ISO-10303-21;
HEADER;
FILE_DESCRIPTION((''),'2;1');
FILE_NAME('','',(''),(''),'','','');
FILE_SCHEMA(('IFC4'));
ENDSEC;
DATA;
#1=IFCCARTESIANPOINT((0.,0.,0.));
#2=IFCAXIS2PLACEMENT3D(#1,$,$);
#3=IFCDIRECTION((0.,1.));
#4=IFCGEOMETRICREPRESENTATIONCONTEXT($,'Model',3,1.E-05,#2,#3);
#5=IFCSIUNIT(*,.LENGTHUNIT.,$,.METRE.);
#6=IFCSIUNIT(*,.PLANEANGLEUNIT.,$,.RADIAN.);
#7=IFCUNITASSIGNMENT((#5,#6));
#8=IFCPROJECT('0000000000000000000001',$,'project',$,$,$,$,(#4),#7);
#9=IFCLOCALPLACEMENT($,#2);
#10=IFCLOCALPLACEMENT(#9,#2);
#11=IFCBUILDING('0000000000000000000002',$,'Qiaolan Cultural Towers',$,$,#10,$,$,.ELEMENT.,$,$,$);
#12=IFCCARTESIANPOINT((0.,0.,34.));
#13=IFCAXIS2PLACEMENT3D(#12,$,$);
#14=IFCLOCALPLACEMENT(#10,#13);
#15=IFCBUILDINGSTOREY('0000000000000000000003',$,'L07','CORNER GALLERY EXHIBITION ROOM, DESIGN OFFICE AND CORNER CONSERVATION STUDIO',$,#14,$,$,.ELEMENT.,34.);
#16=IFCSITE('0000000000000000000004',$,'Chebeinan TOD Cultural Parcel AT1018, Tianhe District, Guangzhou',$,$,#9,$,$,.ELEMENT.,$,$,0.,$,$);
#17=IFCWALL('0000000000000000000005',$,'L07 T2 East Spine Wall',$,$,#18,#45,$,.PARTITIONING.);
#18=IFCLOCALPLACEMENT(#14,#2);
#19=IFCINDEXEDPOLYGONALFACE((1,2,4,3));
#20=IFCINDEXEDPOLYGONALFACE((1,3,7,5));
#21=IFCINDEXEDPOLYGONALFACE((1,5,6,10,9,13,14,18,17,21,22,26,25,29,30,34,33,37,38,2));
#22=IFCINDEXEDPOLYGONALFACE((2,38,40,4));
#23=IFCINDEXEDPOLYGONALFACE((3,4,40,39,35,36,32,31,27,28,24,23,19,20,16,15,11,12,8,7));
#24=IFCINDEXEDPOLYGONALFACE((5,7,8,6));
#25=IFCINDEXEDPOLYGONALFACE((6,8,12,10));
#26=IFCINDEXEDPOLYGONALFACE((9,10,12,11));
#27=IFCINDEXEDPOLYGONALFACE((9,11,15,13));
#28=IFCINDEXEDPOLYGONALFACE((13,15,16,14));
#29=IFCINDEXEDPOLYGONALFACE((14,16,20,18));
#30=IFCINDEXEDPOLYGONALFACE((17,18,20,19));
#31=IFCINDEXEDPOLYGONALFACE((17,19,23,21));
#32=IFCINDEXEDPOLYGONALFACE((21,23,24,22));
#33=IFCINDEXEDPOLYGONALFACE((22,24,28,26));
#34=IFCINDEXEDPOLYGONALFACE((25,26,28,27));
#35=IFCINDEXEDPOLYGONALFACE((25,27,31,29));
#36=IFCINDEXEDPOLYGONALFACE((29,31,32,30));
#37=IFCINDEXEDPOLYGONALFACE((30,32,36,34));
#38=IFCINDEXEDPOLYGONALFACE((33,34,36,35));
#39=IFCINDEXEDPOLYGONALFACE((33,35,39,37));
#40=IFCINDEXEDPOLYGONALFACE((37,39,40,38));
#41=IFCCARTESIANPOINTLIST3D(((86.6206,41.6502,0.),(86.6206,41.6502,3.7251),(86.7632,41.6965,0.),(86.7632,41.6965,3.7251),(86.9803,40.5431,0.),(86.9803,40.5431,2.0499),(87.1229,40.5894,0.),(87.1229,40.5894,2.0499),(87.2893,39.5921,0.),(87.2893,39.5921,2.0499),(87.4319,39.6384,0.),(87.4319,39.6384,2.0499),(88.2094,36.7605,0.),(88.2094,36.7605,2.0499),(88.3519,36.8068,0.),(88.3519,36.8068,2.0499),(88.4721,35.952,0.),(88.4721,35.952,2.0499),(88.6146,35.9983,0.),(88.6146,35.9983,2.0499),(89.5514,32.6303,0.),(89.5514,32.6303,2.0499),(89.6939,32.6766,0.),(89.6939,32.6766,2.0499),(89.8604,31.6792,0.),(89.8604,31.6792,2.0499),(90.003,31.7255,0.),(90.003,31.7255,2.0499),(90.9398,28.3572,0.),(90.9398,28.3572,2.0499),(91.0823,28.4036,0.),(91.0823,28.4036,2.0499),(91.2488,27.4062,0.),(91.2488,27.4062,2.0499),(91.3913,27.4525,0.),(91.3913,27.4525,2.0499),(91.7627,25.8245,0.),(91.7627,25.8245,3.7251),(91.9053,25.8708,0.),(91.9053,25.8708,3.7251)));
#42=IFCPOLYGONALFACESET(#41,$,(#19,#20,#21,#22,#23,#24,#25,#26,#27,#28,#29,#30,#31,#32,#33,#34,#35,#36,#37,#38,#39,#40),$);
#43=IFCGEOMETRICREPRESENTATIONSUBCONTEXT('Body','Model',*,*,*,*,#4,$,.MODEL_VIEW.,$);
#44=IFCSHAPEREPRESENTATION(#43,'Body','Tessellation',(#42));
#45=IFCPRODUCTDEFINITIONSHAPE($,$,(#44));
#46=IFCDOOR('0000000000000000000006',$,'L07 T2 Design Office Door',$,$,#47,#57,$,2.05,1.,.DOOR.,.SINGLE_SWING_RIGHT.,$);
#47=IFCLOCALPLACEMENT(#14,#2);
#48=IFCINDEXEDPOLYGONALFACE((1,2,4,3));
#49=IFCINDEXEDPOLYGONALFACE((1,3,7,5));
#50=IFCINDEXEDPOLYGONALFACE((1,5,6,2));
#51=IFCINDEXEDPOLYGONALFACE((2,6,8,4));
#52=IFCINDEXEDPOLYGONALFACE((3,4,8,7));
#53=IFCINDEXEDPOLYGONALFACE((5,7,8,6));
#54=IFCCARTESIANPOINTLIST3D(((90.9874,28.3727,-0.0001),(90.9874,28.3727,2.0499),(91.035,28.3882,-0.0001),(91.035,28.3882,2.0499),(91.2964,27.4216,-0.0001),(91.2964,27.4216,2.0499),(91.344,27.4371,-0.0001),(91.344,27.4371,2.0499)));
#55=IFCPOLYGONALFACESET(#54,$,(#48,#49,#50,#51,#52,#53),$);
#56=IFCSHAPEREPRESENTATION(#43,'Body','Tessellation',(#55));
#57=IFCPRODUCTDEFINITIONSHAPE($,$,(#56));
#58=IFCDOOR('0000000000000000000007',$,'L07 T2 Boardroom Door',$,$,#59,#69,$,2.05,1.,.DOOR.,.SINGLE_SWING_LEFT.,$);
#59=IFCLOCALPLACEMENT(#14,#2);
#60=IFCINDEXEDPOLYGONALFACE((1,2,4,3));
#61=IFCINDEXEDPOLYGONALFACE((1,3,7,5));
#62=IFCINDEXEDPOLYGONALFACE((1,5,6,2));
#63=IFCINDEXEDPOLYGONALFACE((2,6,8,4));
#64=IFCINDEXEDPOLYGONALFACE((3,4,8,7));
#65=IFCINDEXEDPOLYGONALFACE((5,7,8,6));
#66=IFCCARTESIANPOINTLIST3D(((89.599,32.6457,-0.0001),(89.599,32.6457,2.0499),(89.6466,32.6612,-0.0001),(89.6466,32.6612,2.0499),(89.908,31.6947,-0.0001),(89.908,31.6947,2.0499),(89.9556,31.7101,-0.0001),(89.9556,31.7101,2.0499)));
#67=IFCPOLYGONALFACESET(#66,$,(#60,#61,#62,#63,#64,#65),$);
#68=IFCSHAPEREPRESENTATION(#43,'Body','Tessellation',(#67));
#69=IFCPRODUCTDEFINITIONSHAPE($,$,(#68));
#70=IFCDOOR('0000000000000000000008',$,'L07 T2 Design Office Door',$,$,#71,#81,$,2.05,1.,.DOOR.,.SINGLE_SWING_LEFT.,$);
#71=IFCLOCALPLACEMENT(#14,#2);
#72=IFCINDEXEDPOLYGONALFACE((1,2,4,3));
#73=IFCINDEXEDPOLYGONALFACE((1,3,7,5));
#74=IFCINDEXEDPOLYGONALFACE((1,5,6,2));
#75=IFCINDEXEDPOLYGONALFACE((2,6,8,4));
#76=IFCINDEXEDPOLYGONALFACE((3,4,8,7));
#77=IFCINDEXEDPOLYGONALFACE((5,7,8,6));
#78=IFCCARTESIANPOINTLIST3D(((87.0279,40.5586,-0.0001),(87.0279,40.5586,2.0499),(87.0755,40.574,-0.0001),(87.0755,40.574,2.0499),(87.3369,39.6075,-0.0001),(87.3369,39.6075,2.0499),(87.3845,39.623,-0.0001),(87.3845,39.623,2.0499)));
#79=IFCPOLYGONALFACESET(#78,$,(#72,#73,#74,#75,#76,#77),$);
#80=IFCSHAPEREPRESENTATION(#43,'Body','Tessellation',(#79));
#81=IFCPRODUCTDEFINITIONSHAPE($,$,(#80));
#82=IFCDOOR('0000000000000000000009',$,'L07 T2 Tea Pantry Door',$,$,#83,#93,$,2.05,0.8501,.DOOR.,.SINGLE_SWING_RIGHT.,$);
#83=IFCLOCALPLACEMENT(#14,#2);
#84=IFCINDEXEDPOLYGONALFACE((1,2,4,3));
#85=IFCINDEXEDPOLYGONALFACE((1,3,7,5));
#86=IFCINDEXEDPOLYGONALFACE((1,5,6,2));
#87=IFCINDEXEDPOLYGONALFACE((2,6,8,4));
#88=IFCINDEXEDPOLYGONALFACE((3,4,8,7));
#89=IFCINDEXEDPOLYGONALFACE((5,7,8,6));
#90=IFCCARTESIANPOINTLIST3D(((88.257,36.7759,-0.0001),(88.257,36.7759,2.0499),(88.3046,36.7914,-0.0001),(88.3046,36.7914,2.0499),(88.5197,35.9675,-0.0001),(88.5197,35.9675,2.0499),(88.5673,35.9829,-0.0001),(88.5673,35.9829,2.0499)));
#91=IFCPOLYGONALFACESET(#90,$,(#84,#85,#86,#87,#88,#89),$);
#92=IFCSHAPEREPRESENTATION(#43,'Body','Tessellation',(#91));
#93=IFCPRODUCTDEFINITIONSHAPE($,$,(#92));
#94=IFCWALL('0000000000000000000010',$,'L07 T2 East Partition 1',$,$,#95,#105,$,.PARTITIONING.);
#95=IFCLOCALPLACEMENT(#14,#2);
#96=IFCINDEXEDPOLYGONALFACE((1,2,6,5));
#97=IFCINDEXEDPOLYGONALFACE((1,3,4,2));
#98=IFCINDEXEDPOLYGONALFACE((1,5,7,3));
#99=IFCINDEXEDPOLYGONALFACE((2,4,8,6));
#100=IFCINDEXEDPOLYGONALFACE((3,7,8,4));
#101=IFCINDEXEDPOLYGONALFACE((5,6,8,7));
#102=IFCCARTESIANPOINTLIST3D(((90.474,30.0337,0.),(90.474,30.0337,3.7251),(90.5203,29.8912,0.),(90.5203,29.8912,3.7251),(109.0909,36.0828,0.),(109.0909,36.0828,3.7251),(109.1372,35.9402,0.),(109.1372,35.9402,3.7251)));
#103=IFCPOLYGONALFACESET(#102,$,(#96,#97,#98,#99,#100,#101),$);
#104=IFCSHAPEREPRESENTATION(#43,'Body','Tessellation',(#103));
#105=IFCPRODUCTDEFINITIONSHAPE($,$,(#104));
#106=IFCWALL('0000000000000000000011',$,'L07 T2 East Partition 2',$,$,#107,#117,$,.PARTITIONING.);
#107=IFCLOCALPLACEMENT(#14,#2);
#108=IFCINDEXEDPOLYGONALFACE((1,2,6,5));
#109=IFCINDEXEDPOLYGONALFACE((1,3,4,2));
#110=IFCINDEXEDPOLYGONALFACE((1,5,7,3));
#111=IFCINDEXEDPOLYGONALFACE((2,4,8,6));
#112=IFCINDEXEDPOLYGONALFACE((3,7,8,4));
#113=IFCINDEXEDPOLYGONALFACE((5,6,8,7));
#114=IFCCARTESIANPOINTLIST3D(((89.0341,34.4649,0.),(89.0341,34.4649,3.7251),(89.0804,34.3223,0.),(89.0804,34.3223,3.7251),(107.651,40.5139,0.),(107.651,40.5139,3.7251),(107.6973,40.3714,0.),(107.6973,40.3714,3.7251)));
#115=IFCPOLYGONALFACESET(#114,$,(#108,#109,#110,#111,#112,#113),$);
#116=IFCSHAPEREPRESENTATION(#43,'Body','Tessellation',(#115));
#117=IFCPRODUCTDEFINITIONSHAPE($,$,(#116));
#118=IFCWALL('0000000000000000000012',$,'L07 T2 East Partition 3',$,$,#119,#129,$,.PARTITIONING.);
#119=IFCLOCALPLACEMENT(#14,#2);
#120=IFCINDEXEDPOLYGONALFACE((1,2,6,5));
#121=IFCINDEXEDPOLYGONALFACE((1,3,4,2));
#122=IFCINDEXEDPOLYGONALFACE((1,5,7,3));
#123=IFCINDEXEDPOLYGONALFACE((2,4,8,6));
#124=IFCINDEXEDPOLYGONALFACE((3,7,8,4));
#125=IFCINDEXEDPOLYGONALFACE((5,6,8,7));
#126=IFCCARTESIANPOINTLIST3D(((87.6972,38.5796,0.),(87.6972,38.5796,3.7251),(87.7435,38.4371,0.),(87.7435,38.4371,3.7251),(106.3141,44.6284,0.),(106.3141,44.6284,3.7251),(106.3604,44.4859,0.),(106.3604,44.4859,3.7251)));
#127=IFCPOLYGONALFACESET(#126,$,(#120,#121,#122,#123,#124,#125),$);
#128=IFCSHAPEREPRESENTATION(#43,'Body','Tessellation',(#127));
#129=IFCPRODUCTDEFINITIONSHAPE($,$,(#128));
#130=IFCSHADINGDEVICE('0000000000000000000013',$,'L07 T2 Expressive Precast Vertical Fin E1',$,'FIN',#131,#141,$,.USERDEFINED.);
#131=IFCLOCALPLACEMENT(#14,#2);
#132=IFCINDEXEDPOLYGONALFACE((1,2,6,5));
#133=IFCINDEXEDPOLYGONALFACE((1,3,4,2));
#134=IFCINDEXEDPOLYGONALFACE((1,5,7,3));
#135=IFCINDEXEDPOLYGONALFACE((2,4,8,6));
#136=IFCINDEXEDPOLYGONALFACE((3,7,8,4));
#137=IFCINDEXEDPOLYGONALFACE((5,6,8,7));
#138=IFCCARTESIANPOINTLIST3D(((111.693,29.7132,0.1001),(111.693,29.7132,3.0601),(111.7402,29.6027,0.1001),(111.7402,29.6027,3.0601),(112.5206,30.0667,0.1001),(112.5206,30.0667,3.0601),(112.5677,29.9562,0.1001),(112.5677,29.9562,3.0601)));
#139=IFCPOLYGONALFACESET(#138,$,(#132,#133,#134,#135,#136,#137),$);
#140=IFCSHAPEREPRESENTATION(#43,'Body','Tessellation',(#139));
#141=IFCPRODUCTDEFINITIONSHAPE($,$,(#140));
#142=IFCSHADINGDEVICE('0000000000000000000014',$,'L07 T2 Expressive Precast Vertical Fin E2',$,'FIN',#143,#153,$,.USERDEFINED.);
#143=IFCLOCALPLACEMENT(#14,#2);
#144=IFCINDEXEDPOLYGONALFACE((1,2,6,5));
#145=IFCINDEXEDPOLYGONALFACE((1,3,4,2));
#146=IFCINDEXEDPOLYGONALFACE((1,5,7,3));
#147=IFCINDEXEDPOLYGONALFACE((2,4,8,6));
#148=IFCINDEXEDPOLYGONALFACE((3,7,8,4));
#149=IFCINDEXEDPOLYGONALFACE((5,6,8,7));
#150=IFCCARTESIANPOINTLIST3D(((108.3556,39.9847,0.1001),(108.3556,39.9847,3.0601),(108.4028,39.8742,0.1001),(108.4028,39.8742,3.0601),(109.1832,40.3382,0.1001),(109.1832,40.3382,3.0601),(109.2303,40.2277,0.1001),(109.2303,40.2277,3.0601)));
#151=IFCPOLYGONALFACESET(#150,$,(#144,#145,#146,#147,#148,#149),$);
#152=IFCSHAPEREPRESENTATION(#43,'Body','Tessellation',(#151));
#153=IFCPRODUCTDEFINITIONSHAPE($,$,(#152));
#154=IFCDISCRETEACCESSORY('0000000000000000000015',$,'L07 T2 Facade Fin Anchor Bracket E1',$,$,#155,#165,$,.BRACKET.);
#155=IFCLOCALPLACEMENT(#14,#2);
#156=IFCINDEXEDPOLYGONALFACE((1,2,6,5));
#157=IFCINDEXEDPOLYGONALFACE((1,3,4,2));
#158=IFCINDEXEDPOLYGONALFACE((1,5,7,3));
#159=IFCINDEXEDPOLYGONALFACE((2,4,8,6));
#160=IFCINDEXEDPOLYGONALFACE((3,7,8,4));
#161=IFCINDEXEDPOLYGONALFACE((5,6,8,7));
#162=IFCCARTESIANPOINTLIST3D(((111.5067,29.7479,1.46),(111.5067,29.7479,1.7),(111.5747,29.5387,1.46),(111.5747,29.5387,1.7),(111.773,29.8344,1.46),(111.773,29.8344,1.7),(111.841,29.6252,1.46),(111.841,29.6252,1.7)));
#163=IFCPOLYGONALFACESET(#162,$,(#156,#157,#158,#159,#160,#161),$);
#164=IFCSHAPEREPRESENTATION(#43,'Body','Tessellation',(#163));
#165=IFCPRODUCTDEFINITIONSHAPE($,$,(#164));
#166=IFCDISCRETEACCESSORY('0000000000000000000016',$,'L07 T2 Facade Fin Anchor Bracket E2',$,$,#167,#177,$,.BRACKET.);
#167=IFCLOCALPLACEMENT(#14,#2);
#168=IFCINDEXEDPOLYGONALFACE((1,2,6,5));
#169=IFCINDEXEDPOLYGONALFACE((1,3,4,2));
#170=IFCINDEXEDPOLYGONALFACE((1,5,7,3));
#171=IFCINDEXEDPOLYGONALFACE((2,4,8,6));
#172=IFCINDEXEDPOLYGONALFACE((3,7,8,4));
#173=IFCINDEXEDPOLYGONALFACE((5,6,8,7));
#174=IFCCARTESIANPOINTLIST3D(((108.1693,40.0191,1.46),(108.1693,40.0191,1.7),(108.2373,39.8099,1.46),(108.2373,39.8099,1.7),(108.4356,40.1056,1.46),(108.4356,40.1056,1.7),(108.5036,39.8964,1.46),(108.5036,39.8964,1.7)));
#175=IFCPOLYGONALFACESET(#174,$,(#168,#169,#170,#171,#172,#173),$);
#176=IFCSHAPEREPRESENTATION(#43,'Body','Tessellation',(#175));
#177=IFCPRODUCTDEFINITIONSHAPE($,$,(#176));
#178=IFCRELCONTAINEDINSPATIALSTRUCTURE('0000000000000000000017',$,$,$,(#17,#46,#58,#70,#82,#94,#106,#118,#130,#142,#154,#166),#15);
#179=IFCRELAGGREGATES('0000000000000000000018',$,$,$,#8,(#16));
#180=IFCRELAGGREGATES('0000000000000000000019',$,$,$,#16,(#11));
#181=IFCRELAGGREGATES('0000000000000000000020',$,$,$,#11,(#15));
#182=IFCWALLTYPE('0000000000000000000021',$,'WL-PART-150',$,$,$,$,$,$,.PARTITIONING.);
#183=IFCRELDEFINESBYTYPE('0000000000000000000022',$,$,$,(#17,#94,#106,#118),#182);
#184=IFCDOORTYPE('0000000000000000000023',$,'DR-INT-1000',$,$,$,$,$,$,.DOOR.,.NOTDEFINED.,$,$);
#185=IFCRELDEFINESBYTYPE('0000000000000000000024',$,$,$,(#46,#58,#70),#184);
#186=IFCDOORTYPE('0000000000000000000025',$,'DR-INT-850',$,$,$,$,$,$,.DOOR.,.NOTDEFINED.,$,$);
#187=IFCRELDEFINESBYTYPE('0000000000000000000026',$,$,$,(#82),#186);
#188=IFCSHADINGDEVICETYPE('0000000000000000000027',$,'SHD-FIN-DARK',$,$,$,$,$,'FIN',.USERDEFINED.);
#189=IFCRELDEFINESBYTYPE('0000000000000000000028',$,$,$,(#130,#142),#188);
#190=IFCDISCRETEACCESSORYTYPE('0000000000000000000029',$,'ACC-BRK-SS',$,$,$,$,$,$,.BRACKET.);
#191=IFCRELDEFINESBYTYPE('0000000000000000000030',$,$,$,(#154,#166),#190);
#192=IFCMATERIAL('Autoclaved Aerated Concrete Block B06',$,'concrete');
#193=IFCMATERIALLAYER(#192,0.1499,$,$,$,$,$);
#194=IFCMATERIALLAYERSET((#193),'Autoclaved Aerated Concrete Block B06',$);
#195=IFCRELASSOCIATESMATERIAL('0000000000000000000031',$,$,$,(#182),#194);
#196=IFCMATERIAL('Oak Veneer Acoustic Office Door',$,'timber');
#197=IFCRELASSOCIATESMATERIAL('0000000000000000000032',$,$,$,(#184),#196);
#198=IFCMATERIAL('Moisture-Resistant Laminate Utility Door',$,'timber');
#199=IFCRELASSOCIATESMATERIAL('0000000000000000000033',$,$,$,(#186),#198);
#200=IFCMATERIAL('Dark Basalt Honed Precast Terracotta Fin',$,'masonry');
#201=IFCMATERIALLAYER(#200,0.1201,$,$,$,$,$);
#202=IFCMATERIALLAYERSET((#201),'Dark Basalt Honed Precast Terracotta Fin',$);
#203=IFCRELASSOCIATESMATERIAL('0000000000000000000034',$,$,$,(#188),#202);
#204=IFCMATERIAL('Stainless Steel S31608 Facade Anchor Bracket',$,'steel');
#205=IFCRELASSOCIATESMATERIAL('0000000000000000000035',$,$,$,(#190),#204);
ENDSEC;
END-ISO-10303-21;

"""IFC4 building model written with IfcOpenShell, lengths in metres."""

from ifc_helpers import new_model, si_unit, direction, frame, frame_2d, origin, origin_2d, place, context, subcontext, project, spatial, rectangle, extrude, material, layer, layer_set, type_object, element, fill, save


model = new_model("IFC4")

# Units and contexts
model_context = context("Model", 3, precision=1e-05, world=origin(), true_north=direction((0.0, 1.0)))
body_context = subcontext(model_context, "Body", "Model", "MODEL_VIEW")
ifc_project = project(units=[si_unit("LENGTHUNIT", "METRE"), si_unit("PLANEANGLEUNIT", "RADIAN")], contexts=[model_context])

# Site, building, storey
site_placement = place(None, origin())
site = spatial("IfcSite", under=ifc_project, at=site_placement, Name="Chebeinan TOD Cultural Parcel AT1018, Tianhe District, Guangzhou", CompositionType="ELEMENT", RefElevation=0.0)
building_placement = place(site_placement, origin())
building = spatial("IfcBuilding", under=site, at=building_placement, Name="Qiaolan Cultural Towers", CompositionType="ELEMENT")
storey_placement = place(building_placement, frame((0.0, 0.0, 34.0)))
storey = spatial("IfcBuildingStorey", under=building, at=storey_placement, Name="L07", Description="CORNER GALLERY EXHIBITION ROOM, DESIGN OFFICE AND CORNER CONSERVATION STUDIO", CompositionType="ELEMENT", Elevation=34.0)

# Shared definitions
ifc_material_1 = material(Name="Autoclaved Aerated Concrete Block B06", Category="concrete")
ifc_layer_1 = layer(ifc_material_1, 0.1499)
ifc_layer_set_1 = layer_set([ifc_layer_1], Name="Autoclaved Aerated Concrete Block B06")
wall_type_1 = type_object("IfcWallType", Name="WL-PART-150", PredefinedType="PARTITIONING", material=ifc_layer_set_1)

# Shared definitions
ifc_material_2 = material(Name="Oak Veneer Acoustic Office Door", Category="timber")
door_type_1 = type_object("IfcDoorType", Name="DR-INT-1000", OperationType="NOTDEFINED", PredefinedType="DOOR", material=ifc_material_2)

# Wall, openings, doors
wall_1_placement = place(storey_placement, frame((91.834, 25.8477, 0.0), z_axis=(0.0, 0.0, 1.0), x_axis=(-0.309018, 0.951056, 0.0)))
wall_1 = element("IfcWall", 1, at=wall_1_placement, inside=storey, type_object=wall_type_1, Name="L07 T2 East Spine Wall", PredefinedType="PARTITIONING", context=body_context, shape_type="SweptSolid", body=[
    extrude(rectangle(XDim=16.6401, YDim=0.1499, at=frame_2d((8.3201, 0.0))), origin(), (0.0, 0.0, 1.0), 3.7251),
])
opening_1_placement = place(wall_1_placement, frame((1.6631, 0.0, 0.0)))
opening_1 = element("IfcOpeningElement", 2, at=opening_1_placement, cuts=wall_1, PredefinedType="OPENING", context=body_context, shape_type="SweptSolid", body=[
    extrude(rectangle(XDim=1.0, YDim=2.05, at=frame_2d((0.5, 1.0249))), frame((0.0, 0.085, 0.0), z_axis=(0.0, -1.0, 0.0), x_axis=(1.0, 0.0, 0.0)), (0.0, 0.0, 1.0), 0.1699),
])
opening_2_placement = place(wall_1_placement, frame((6.156, 0.0, 0.0)))
opening_2 = element("IfcOpeningElement", 3, at=opening_2_placement, cuts=wall_1, PredefinedType="OPENING", context=body_context, shape_type="SweptSolid", body=[
    extrude(rectangle(XDim=1.0, YDim=2.05, at=frame_2d((0.5, 1.0249))), frame((0.0, 0.085, 0.0), z_axis=(0.0, -1.0, 0.0), x_axis=(1.0, 0.0, 0.0)), (0.0, 0.0, 1.0), 0.1699),
])
opening_3_placement = place(wall_1_placement, frame((10.6487, 0.0, 0.0)))
opening_3 = element("IfcOpeningElement", 4, at=opening_3_placement, cuts=wall_1, PredefinedType="OPENING", context=body_context, shape_type="SweptSolid", body=[
    extrude(rectangle(XDim=0.8501, YDim=2.05, at=frame_2d((0.425, 1.0249))), frame((0.0, 0.085, 0.0), z_axis=(0.0, -1.0, 0.0), x_axis=(1.0, 0.0, 0.0)), (0.0, 0.0, 1.0), 0.1699),
])
opening_4_placement = place(wall_1_placement, frame((14.4761, 0.0, 0.0)))
opening_4 = element("IfcOpeningElement", 5, at=opening_4_placement, cuts=wall_1, PredefinedType="OPENING", context=body_context, shape_type="SweptSolid", body=[
    extrude(rectangle(XDim=1.0, YDim=2.05, at=frame_2d((0.5, 1.0249))), frame((0.0, 0.085, 0.0), z_axis=(0.0, -1.0, 0.0), x_axis=(1.0, 0.0, 0.0)), (0.0, 0.0, 1.0), 0.1699),
])
door_1_placement = place(opening_1_placement, origin())
door_1 = element("IfcDoor", 6, at=door_1_placement, inside=storey, type_object=door_type_1, Name="L07 T2 Design Office Door", OperationType="SINGLE_SWING_RIGHT", OverallHeight=2.05, OverallWidth=1.0, PredefinedType="DOOR", context=body_context, shape_type="SweptSolid", body=[
    extrude(rectangle(XDim=1.0, YDim=2.05, at=frame_2d((0.5, 1.0249))), frame((0.0, 0.0249, 0.0), z_axis=(0.0, -1.0, 0.0), x_axis=(1.0, 0.0, 0.0)), (0.0, 0.0, 1.0), 0.05),
])
fill(opening_1, door_1)
door_2_placement = place(opening_2_placement, origin())
door_2 = element("IfcDoor", 7, at=door_2_placement, inside=storey, type_object=door_type_1, Name="L07 T2 Boardroom Door", OperationType="SINGLE_SWING_LEFT", OverallHeight=2.05, OverallWidth=1.0, PredefinedType="DOOR", context=body_context, shape_type="SweptSolid", body=[
    extrude(rectangle(XDim=1.0, YDim=2.05, at=frame_2d((0.5, 1.0249))), frame((0.0, 0.0249, 0.0), z_axis=(0.0, -1.0, 0.0), x_axis=(1.0, 0.0, 0.0)), (0.0, 0.0, 1.0), 0.05),
])
fill(opening_2, door_2)
door_3_placement = place(opening_4_placement, origin())
door_3 = element("IfcDoor", 8, at=door_3_placement, inside=storey, type_object=door_type_1, Name="L07 T2 Design Office Door", OperationType="SINGLE_SWING_LEFT", OverallHeight=2.05, OverallWidth=1.0, PredefinedType="DOOR", context=body_context, shape_type="SweptSolid", body=[
    extrude(rectangle(XDim=1.0, YDim=2.05, at=frame_2d((0.5, 1.0249))), frame((0.0, 0.0249, 0.0), z_axis=(0.0, -1.0, 0.0), x_axis=(1.0, 0.0, 0.0)), (0.0, 0.0, 1.0), 0.05),
])
fill(opening_4, door_3)
ifc_material_3 = material(Name="Moisture-Resistant Laminate Utility Door", Category="timber")
door_type_2 = type_object("IfcDoorType", Name="DR-INT-850", OperationType="NOTDEFINED", PredefinedType="DOOR", material=ifc_material_3)
door_4_placement = place(opening_3_placement, origin())
door_4 = element("IfcDoor", 9, at=door_4_placement, inside=storey, type_object=door_type_2, Name="L07 T2 Tea Pantry Door", OperationType="SINGLE_SWING_RIGHT", OverallHeight=2.05, OverallWidth=0.8501, PredefinedType="DOOR", context=body_context, shape_type="SweptSolid", body=[
    extrude(rectangle(XDim=0.8501, YDim=2.05, at=frame_2d((0.425, 1.0249))), frame((0.0, 0.0249, 0.0), z_axis=(0.0, -1.0, 0.0), x_axis=(1.0, 0.0, 0.0)), (0.0, 0.0, 1.0), 0.05),
])
fill(opening_3, door_4)

# Walls
for number, where, z_axis, x_axis, name in (
    (10, (90.4971, 29.9624, 0.0), (0.0, 0.0, 1.0), (0.951056, 0.30902, 0.0), "L07 T2 East Partition 1"),
    (11, (89.0571, 34.3936, 0.0), (0.0, 0.0, 1.0), (0.951056, 0.30902, 0.0), "L07 T2 East Partition 2"),
    (12, (87.7202, 38.5083, 0.0), (0.0, 0.0, 1.0), (0.951059, 0.309009, 0.0), "L07 T2 East Partition 3"),
):
    element("IfcWall", number, at=place(storey_placement, frame(where, z_axis=z_axis, x_axis=x_axis)), inside=storey, type_object=wall_type_1, Name=name, PredefinedType="PARTITIONING", context=body_context, shape_type="SweptSolid", body=[
        extrude(rectangle(XDim=19.575, YDim=0.1499, at=frame_2d((9.7876, 0.0))), origin(), (0.0, 0.0, 1.0), 3.7251),
    ])

# Shading devices
ifc_material_4 = material(Name="Dark Basalt Honed Precast Terracotta Fin", Category="masonry")
ifc_layer_2 = layer(ifc_material_4, 0.1201)
ifc_layer_set_2 = layer_set([ifc_layer_2], Name="Dark Basalt Honed Precast Terracotta Fin")
shading_device_type = type_object("IfcShadingDeviceType", Name="SHD-FIN-DARK", ElementType="FIN", PredefinedType="USERDEFINED", material=ifc_layer_set_2)
for number, where, z_axis, x_axis, name in (
    (13, (112.1304, 29.8347, 0.1001), (0.0, 0.0, 1.0), (0.919614, 0.392824, 0.0), "L07 T2 Expressive Precast Vertical Fin E1"),
    (14, (108.793, 40.1062, 0.1001), (0.0, 0.0, 1.0), (0.919614, 0.392824, 0.0), "L07 T2 Expressive Precast Vertical Fin E2"),
):
    element("IfcShadingDevice", number, at=place(storey_placement, frame(where, z_axis=z_axis, x_axis=x_axis)), inside=storey, type_object=shading_device_type, Name=name, ObjectType="FIN", PredefinedType="USERDEFINED", context=body_context, shape_type="SweptSolid", body=[
        extrude(rectangle(XDim=0.8999, YDim=0.1201, at=origin_2d()), origin(), (0.0, 0.0, 1.0), 2.96),
    ])

# Discrete accessories
ifc_material_5 = material(Name="Stainless Steel S31608 Facade Anchor Bracket", Category="steel")
discrete_accessory_type = type_object("IfcDiscreteAccessoryType", Name="ACC-BRK-SS", PredefinedType="BRACKET", material=ifc_material_5)
for number, where, z_axis, x_axis, name in (
    (15, (111.6738, 29.6865, 1.46), (0.0, 0.0, 1.0), (0.951057, 0.309017, 0.0), "L07 T2 Facade Fin Anchor Bracket E1"),
    (16, (108.3364, 39.9578, 1.46), (0.0, 0.0, 1.0), (0.951057, 0.309017, 0.0), "L07 T2 Facade Fin Anchor Bracket E2"),
):
    element("IfcDiscreteAccessory", number, at=place(storey_placement, frame(where, z_axis=z_axis, x_axis=x_axis)), inside=storey, type_object=discrete_accessory_type, Name=name, PredefinedType="BRACKET", context=body_context, shape_type="SweptSolid", body=[
        extrude(rectangle(XDim=0.28, YDim=0.22, at=origin_2d()), origin(), (0.0, 0.0, 1.0), 0.24),
    ])

save(model, "model.ifc")
